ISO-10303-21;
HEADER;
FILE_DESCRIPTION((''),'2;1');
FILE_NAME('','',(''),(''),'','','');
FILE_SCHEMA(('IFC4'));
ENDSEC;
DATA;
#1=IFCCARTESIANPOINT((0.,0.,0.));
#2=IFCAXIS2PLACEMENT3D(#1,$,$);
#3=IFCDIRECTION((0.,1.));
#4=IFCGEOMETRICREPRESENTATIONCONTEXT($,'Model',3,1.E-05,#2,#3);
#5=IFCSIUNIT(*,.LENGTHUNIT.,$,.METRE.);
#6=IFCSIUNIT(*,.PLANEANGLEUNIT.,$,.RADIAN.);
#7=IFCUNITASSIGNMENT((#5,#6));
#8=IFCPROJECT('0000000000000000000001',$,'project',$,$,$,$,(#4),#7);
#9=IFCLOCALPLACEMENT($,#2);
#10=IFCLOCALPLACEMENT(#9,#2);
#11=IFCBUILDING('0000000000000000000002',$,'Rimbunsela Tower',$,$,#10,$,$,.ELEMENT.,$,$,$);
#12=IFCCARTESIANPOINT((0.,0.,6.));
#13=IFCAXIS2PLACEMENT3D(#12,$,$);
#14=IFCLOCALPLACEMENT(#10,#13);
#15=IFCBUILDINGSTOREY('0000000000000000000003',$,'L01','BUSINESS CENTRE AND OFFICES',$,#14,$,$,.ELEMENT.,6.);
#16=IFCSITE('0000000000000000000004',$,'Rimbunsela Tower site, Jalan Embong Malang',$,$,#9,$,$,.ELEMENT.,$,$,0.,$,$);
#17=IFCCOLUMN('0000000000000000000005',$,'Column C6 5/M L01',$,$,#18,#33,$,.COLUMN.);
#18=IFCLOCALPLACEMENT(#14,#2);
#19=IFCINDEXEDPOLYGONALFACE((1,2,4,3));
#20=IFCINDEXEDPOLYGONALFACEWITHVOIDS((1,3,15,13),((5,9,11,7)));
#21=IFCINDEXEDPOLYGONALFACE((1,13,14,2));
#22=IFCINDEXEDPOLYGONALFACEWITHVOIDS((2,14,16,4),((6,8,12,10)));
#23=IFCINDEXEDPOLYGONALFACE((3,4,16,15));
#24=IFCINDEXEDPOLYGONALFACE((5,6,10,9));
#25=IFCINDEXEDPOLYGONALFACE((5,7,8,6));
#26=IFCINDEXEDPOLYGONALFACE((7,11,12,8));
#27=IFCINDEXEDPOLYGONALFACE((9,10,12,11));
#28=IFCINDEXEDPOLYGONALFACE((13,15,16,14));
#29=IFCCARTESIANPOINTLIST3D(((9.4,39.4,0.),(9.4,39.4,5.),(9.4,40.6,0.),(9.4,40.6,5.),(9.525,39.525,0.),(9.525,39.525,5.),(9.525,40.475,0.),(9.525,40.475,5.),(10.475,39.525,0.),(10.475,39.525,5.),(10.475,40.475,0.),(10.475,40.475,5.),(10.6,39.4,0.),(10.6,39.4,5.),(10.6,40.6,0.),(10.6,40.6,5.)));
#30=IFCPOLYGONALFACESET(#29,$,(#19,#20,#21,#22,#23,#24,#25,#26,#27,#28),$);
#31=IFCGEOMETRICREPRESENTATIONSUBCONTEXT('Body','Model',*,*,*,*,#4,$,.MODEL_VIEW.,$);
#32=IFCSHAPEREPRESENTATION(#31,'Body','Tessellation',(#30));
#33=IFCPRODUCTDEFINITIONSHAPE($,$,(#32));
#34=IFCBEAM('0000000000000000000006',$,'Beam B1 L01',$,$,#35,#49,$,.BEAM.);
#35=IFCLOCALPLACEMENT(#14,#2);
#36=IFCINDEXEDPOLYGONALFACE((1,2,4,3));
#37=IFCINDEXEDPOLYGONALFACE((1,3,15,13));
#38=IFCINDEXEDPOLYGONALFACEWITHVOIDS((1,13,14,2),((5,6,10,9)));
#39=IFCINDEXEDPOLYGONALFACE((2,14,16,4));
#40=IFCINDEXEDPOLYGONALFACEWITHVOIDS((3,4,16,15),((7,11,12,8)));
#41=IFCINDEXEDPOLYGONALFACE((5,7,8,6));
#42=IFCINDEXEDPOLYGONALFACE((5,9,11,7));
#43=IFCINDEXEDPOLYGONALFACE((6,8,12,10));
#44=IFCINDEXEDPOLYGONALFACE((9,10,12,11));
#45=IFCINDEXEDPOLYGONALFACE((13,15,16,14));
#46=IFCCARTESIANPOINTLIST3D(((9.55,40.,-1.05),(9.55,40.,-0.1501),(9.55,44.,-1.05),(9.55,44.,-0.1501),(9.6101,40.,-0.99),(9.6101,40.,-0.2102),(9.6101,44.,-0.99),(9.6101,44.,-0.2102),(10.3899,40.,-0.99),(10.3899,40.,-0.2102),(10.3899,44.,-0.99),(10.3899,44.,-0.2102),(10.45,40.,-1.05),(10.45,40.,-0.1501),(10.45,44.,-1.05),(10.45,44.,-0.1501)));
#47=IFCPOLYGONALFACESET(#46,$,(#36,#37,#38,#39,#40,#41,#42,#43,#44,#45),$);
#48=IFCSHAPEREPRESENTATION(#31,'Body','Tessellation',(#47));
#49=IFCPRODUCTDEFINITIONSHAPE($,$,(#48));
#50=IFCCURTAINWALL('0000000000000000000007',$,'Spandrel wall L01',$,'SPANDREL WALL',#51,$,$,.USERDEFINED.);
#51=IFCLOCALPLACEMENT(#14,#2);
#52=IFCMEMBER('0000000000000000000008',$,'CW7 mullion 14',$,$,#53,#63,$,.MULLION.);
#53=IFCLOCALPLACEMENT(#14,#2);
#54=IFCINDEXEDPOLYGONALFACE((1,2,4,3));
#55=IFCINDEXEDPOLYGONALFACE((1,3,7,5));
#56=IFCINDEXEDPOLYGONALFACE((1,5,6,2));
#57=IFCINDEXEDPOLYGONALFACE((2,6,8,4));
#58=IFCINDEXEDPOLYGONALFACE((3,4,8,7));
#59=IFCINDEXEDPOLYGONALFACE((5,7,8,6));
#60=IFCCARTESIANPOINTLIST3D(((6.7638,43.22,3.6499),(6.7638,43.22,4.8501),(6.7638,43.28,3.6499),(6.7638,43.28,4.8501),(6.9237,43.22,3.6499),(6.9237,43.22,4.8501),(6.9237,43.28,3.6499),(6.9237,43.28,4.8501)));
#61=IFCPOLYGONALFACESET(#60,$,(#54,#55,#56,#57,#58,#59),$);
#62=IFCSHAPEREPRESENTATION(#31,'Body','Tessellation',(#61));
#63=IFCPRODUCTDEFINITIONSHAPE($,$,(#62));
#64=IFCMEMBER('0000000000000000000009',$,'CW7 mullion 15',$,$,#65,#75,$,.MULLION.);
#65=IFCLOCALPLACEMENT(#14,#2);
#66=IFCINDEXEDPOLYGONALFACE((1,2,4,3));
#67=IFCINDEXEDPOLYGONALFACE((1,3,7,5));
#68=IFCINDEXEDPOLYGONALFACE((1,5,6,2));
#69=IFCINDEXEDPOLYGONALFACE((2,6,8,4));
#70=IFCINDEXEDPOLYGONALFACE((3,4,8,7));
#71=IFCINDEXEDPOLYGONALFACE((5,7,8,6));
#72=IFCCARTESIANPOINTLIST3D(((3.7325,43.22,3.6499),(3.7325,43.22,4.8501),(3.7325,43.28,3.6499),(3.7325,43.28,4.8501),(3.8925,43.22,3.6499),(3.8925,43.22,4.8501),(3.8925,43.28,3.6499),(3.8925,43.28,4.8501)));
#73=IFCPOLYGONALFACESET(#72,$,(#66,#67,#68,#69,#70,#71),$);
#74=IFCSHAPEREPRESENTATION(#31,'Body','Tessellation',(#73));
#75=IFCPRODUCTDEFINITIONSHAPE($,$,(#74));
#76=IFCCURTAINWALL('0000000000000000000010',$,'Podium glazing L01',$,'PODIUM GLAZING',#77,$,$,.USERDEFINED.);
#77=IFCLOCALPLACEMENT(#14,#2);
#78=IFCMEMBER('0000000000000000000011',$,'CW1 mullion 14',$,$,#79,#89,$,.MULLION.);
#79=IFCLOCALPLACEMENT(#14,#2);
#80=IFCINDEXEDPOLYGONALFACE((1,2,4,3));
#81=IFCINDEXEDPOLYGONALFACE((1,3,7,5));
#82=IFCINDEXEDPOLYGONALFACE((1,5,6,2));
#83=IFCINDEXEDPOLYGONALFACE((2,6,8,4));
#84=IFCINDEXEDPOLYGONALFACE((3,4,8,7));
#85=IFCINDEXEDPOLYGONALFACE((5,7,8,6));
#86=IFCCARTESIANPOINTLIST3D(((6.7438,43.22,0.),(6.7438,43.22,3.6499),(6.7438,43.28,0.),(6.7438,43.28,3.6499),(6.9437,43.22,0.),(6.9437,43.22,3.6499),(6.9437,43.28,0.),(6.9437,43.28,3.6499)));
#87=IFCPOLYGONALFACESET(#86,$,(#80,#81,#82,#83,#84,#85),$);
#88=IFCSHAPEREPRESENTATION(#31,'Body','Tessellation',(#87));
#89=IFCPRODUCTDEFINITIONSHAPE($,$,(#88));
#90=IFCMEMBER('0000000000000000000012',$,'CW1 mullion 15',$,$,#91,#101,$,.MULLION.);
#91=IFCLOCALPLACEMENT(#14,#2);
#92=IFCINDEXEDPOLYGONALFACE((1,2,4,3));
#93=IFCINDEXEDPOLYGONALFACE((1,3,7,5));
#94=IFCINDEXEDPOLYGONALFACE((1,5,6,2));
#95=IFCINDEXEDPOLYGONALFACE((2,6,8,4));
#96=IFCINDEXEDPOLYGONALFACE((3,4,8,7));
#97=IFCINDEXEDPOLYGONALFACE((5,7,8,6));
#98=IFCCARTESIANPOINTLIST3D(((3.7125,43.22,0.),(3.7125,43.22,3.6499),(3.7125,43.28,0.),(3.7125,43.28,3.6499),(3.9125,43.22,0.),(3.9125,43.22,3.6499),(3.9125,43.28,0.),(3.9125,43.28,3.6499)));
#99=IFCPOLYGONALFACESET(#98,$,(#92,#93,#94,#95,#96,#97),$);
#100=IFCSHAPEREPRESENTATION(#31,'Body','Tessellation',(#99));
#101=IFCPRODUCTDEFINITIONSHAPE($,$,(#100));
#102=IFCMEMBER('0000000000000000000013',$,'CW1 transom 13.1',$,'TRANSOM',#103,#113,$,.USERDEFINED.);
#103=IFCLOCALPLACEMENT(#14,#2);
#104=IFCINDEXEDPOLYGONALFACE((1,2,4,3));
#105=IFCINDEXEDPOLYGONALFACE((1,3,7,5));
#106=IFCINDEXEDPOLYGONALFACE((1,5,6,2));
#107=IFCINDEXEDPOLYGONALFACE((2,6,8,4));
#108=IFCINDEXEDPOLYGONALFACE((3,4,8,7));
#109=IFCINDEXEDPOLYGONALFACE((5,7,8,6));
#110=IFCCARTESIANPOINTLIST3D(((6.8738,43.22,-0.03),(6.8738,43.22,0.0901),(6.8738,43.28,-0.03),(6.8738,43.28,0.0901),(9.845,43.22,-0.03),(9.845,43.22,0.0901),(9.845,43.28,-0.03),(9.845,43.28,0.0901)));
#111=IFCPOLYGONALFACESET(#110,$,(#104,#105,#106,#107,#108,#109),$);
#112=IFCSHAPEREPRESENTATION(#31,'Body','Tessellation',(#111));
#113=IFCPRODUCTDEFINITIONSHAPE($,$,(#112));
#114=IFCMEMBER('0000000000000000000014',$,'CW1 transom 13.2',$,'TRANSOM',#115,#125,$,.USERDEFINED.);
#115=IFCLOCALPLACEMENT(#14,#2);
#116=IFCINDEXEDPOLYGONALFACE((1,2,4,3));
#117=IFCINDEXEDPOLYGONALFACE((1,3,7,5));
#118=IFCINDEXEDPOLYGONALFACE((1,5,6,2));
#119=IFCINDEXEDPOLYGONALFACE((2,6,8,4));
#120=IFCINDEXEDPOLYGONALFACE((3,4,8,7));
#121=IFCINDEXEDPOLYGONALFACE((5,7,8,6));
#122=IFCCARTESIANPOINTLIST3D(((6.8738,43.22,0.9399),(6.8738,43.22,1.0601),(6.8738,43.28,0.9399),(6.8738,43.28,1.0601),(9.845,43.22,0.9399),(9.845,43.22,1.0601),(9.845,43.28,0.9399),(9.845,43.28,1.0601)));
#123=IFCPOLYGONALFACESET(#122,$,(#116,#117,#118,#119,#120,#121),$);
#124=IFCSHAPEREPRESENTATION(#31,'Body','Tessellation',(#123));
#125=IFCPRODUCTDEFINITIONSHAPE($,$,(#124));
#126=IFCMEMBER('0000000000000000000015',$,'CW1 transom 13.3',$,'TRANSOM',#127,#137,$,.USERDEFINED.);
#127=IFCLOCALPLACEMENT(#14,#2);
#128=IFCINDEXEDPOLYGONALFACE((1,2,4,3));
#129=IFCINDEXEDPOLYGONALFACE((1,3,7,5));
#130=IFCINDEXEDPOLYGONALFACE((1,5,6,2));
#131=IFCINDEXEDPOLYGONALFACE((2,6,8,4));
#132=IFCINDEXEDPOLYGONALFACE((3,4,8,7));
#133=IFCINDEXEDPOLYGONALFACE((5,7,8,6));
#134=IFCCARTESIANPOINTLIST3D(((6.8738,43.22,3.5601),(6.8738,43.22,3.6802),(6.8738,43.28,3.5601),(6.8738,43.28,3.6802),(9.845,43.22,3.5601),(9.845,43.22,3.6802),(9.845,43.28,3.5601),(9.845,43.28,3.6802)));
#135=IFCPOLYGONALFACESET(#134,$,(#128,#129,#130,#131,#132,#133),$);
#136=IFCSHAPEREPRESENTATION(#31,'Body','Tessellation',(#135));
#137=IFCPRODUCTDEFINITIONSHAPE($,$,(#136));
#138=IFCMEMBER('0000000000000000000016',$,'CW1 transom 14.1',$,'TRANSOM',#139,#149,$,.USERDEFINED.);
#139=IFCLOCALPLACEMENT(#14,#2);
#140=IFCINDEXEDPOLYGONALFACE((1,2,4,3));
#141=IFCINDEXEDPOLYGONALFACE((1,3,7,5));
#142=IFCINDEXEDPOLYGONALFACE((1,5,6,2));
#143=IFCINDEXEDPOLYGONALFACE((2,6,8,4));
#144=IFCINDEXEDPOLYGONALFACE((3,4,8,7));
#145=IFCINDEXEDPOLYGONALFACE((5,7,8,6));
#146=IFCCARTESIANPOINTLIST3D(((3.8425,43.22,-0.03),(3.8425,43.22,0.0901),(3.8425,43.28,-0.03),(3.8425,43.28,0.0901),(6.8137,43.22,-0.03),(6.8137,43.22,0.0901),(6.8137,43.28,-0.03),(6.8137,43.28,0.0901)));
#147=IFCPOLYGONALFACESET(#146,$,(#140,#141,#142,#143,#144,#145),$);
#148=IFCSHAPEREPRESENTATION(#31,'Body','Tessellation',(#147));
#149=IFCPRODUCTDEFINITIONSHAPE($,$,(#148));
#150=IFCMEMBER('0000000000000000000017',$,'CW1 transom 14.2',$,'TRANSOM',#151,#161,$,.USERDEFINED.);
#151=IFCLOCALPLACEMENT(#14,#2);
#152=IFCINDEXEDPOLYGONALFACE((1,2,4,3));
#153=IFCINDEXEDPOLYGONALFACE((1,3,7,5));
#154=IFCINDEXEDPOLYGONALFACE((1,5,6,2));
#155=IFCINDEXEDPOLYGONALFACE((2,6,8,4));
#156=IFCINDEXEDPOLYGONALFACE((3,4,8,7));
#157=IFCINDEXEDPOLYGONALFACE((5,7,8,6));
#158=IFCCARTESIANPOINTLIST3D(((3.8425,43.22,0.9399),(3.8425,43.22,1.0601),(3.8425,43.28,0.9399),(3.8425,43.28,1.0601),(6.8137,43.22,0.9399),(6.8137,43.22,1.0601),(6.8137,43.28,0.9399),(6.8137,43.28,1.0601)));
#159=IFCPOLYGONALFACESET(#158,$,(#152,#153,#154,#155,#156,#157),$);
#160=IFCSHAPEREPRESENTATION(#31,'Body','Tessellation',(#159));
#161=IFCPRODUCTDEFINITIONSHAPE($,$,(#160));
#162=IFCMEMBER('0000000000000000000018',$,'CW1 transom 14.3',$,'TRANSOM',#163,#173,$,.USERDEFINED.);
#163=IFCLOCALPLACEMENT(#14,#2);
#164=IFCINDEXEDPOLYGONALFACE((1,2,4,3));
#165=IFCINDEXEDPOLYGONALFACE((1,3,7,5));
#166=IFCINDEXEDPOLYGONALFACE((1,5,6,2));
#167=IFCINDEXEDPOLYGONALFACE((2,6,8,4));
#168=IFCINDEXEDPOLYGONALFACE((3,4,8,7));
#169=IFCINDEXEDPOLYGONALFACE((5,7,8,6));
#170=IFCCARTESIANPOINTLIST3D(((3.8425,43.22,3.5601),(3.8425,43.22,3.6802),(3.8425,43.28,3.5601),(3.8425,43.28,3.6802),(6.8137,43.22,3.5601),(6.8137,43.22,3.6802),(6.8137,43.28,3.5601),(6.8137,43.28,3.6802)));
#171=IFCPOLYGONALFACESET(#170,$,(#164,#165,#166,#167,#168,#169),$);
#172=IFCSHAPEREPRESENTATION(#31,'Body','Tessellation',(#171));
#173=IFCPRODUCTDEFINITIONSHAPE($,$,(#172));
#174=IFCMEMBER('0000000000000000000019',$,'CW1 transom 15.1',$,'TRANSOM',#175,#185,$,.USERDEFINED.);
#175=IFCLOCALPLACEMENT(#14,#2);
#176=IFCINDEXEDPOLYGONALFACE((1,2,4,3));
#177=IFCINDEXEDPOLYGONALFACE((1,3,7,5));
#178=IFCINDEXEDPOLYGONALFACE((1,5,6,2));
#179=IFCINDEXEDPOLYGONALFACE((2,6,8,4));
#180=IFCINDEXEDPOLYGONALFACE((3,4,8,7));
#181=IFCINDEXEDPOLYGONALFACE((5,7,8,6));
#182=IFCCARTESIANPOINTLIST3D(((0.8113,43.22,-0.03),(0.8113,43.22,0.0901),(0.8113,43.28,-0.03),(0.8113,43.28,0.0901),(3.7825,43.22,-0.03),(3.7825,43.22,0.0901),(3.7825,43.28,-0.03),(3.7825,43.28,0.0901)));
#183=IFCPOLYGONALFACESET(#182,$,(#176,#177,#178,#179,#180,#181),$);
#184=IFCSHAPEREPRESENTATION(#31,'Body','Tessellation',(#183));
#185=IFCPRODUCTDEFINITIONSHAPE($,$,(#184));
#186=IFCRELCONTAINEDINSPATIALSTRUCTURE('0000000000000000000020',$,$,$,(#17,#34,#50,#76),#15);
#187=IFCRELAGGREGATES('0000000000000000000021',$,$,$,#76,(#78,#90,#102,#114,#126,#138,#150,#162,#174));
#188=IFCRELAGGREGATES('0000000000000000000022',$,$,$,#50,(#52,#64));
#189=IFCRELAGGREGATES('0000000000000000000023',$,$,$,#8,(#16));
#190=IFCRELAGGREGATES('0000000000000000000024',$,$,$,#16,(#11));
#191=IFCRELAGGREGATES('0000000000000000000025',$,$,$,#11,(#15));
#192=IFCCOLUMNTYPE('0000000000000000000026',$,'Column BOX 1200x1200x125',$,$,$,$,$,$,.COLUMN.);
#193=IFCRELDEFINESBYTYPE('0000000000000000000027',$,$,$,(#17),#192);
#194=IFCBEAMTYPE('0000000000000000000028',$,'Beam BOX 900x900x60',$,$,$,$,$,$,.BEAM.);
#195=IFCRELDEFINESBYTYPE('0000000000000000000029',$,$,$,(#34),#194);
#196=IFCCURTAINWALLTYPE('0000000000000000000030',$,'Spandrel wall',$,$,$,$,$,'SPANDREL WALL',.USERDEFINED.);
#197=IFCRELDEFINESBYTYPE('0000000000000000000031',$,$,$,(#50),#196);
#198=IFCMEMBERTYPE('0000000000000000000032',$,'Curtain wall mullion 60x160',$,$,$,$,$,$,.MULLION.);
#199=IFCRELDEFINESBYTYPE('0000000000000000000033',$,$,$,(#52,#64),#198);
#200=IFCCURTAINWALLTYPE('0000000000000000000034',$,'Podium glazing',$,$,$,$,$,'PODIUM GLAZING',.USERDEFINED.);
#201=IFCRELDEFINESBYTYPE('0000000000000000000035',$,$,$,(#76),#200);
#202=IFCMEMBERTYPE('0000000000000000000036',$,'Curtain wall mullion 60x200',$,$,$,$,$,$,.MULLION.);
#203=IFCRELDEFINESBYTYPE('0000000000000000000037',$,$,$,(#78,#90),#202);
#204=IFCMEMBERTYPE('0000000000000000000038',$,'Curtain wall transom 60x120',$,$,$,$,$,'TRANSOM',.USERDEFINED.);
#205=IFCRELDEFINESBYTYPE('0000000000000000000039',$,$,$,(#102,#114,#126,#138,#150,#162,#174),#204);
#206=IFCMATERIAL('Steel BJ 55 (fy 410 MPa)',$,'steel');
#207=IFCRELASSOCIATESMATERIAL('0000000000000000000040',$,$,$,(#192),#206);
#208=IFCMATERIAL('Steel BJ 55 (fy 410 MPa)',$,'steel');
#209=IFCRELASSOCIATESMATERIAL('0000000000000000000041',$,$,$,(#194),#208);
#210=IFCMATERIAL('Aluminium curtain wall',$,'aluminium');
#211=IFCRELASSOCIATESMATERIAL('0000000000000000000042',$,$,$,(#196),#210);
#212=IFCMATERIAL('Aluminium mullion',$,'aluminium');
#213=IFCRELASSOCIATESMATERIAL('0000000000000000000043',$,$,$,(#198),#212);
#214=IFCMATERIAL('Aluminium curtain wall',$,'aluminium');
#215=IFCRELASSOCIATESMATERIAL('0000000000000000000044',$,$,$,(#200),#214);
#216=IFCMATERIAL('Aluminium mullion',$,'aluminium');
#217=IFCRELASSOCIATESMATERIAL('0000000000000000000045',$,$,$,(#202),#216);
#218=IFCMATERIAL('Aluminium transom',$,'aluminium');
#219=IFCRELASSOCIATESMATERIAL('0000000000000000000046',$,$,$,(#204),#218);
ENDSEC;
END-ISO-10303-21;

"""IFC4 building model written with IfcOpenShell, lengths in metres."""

from ifc_helpers import new_model, si_unit, direction, frame, origin, origin_2d, place, context, subcontext, project, spatial, rectangle, hollow_rectangle, extrude, material, material_profile, profile_set, type_object, element, aggregate, save


model = new_model("IFC4")

# Units and contexts
model_context = context("Model", 3, precision=1e-05, world=origin(), true_north=direction((0.0, 1.0)))
body_context = subcontext(model_context, "Body", "Model", "MODEL_VIEW")
ifc_project = project(units=[si_unit("LENGTHUNIT", "METRE"), si_unit("PLANEANGLEUNIT", "RADIAN")], contexts=[model_context])

# Site, building, storey
site_placement = place(None, origin())
site = spatial("IfcSite", under=ifc_project, at=site_placement, Name="Rimbunsela Tower site, Jalan Embong Malang", CompositionType="ELEMENT", RefElevation=0.0)
building_placement = place(site_placement, origin())
building = spatial("IfcBuilding", under=site, at=building_placement, Name="Rimbunsela Tower", CompositionType="ELEMENT")
storey_placement = place(building_placement, frame((0.0, 0.0, 6.0)))
storey = spatial("IfcBuildingStorey", under=building, at=storey_placement, Name="L01", Description="BUSINESS CENTRE AND OFFICES", CompositionType="ELEMENT", Elevation=6.0)

# Column
ifc_material_1 = material(Name="Steel BJ 55 (fy 410 MPa)", Category="steel")
ifc_material_profile_1 = material_profile(ifc_material_1, hollow_rectangle(XDim=1.2, YDim=1.2, WallThickness=0.125, at=origin_2d()), Name="BOX 1200x1200x125")
ifc_profile_set_1 = profile_set([ifc_material_profile_1], Name="Steel BJ 55 (fy 410 MPa)")
column_type = type_object("IfcColumnType", Name="Column BOX 1200x1200x125", PredefinedType="COLUMN", material=ifc_profile_set_1)
column_placement = place(storey_placement, frame((10.0, 40.0, 0.0), z_axis=(0.0, 0.0, 1.0), x_axis=(1.0, 0.0, 0.0)))
element("IfcColumn", 1, at=column_placement, inside=storey, type_object=column_type, Name="Column C6 5/M L01", PredefinedType="COLUMN", context=body_context, shape_type="SweptSolid", body=[
    extrude(hollow_rectangle(XDim=1.2, YDim=1.2, WallThickness=0.125, at=origin_2d()), origin(), (0.0, 0.0, 1.0), 5.0),
])

# Beam
ifc_material_2 = material(Name="Steel BJ 55 (fy 410 MPa)", Category="steel")
ifc_material_profile_2 = material_profile(ifc_material_2, hollow_rectangle(XDim=0.8999, YDim=0.8999, WallThickness=0.0601, at=origin_2d()), Name="BOX 900x900x60")
ifc_profile_set_2 = profile_set([ifc_material_profile_2], Name="Steel BJ 55 (fy 410 MPa)")
beam_type = type_object("IfcBeamType", Name="Beam BOX 900x900x60", PredefinedType="BEAM", material=ifc_profile_set_2)
beam_placement = place(storey_placement, frame((10.0, 40.0, -0.6001), z_axis=(0.0, 1.0, 0.0), x_axis=(-1.0, 0.0, 0.0)))
element("IfcBeam", 2, at=beam_placement, inside=storey, type_object=beam_type, Name="Beam B1 L01", PredefinedType="BEAM", context=body_context, shape_type="SweptSolid", body=[
    extrude(hollow_rectangle(XDim=0.8999, YDim=0.8999, WallThickness=0.0601, at=origin_2d()), origin(), (0.0, 0.0, 1.0), 4.0),
])

# Curtain walls, members
ifc_material_3 = material(Name="Aluminium curtain wall", Category="aluminium")
curtain_wall_type_1 = type_object("IfcCurtainWallType", Name="Spandrel wall", ElementType="SPANDREL WALL", PredefinedType="USERDEFINED", material=ifc_material_3)
curtain_wall_1_placement = place(storey_placement, origin())
curtain_wall_1 = element("IfcCurtainWall", 3, at=curtain_wall_1_placement, inside=storey, type_object=curtain_wall_type_1, Name="Spandrel wall L01", ObjectType="SPANDREL WALL", PredefinedType="USERDEFINED")
ifc_material_4 = material(Name="Aluminium mullion", Category="aluminium")
ifc_material_profile_3 = material_profile(ifc_material_4, rectangle(XDim=0.0601, YDim=0.1599, at=origin_2d()), Name="Mullion 60x160")
ifc_profile_set_3 = profile_set([ifc_material_profile_3], Name="Aluminium mullion")
member_type_1 = type_object("IfcMemberType", Name="Curtain wall mullion 60x160", PredefinedType="MULLION", material=ifc_profile_set_3)
member_1_placement = place(storey_placement, frame((6.8438, 43.25, 3.6499), z_axis=(0.0, 0.0, 1.0), x_axis=(0.0, -1.0, 0.0)))
member_1 = element("IfcMember", 4, at=member_1_placement, type_object=member_type_1, Name="CW7 mullion 14", PredefinedType="MULLION", context=body_context, shape_type="SweptSolid", body=[
    extrude(rectangle(XDim=0.0601, YDim=0.1599, at=origin_2d()), origin(), (0.0, 0.0, 1.0), 1.2002),
])
member_2_placement = place(storey_placement, frame((3.8125, 43.25, 3.6499), z_axis=(0.0, 0.0, 1.0), x_axis=(0.0, -1.0, 0.0)))
member_2 = element("IfcMember", 5, at=member_2_placement, type_object=member_type_1, Name="CW7 mullion 15", PredefinedType="MULLION", context=body_context, shape_type="SweptSolid", body=[
    extrude(rectangle(XDim=0.0601, YDim=0.1599, at=origin_2d()), origin(), (0.0, 0.0, 1.0), 1.2002),
])
ifc_material_5 = material(Name="Aluminium curtain wall", Category="aluminium")
curtain_wall_type_2 = type_object("IfcCurtainWallType", Name="Podium glazing", ElementType="PODIUM GLAZING", PredefinedType="USERDEFINED", material=ifc_material_5)
curtain_wall_2_placement = place(storey_placement, origin())
curtain_wall_2 = element("IfcCurtainWall", 6, at=curtain_wall_2_placement, inside=storey, type_object=curtain_wall_type_2, Name="Podium glazing L01", ObjectType="PODIUM GLAZING", PredefinedType="USERDEFINED")
ifc_material_6 = material(Name="Aluminium mullion", Category="aluminium")
ifc_material_profile_4 = material_profile(ifc_material_6, rectangle(XDim=0.0601, YDim=0.2, at=origin_2d()), Name="Mullion 60x200")
ifc_profile_set_4 = profile_set([ifc_material_profile_4], Name="Aluminium mullion")
member_type_2 = type_object("IfcMemberType", Name="Curtain wall mullion 60x200", PredefinedType="MULLION", material=ifc_profile_set_4)
member_3_placement = place(storey_placement, frame((6.8438, 43.25, 0.0), z_axis=(0.0, 0.0, 1.0), x_axis=(0.0, -1.0, 0.0)))
member_3 = element("IfcMember", 7, at=member_3_placement, type_object=member_type_2, Name="CW1 mullion 14", PredefinedType="MULLION", context=body_context, shape_type="SweptSolid", body=[
    extrude(rectangle(XDim=0.0601, YDim=0.2, at=origin_2d()), origin(), (0.0, 0.0, 1.0), 3.6499),
])
member_4_placement = place(storey_placement, frame((3.8125, 43.25, 0.0), z_axis=(0.0, 0.0, 1.0), x_axis=(0.0, -1.0, 0.0)))
member_4 = element("IfcMember", 8, at=member_4_placement, type_object=member_type_2, Name="CW1 mullion 15", PredefinedType="MULLION", context=body_context, shape_type="SweptSolid", body=[
    extrude(rectangle(XDim=0.0601, YDim=0.2, at=origin_2d()), origin(), (0.0, 0.0, 1.0), 3.6499),
])
ifc_material_7 = material(Name="Aluminium transom", Category="aluminium")
ifc_material_profile_5 = material_profile(ifc_material_7, rectangle(XDim=0.0601, YDim=0.1201, at=origin_2d()), Name="Transom 60x120")
ifc_profile_set_5 = profile_set([ifc_material_profile_5], Name="Aluminium transom")
member_type_3 = type_object("IfcMemberType", Name="Curtain wall transom 60x120", ElementType="TRANSOM", PredefinedType="USERDEFINED", material=ifc_profile_set_5)
member_5_placement = place(storey_placement, frame((9.845, 43.25, 0.03), z_axis=(-1.0, 0.0, 0.0), x_axis=(0.0, -1.0, 0.0)))
member_5 = element("IfcMember", 9, at=member_5_placement, type_object=member_type_3, Name="CW1 transom 13.1", ObjectType="TRANSOM", PredefinedType="USERDEFINED", context=body_context, shape_type="SweptSolid", body=[
    extrude(rectangle(XDim=0.0601, YDim=0.1201, at=origin_2d()), origin(), (0.0, 0.0, 1.0), 2.9712),
])
member_6_placement = place(storey_placement, frame((9.845, 43.25, 1.0), z_axis=(-1.0, 0.0, 0.0), x_axis=(0.0, -1.0, 0.0)))
member_6 = element("IfcMember", 10, at=member_6_placement, type_object=member_type_3, Name="CW1 transom 13.2", ObjectType="TRANSOM", PredefinedType="USERDEFINED", context=body_context, shape_type="SweptSolid", body=[
    extrude(rectangle(XDim=0.0601, YDim=0.1201, at=origin_2d()), origin(), (0.0, 0.0, 1.0), 2.9712),
])
member_7_placement = place(storey_placement, frame((9.845, 43.25, 3.6201), z_axis=(-1.0, 0.0, 0.0), x_axis=(0.0, -1.0, 0.0)))
member_7 = element("IfcMember", 11, at=member_7_placement, type_object=member_type_3, Name="CW1 transom 13.3", ObjectType="TRANSOM", PredefinedType="USERDEFINED", context=body_context, shape_type="SweptSolid", body=[
    extrude(rectangle(XDim=0.0601, YDim=0.1201, at=origin_2d()), origin(), (0.0, 0.0, 1.0), 2.9712),
])
member_8_placement = place(storey_placement, frame((6.8137, 43.25, 0.03), z_axis=(-1.0, 0.0, 0.0), x_axis=(0.0, -1.0, 0.0)))
member_8 = element("IfcMember", 12, at=member_8_placement, type_object=member_type_3, Name="CW1 transom 14.1", ObjectType="TRANSOM", PredefinedType="USERDEFINED", context=body_context, shape_type="SweptSolid", body=[
    extrude(rectangle(XDim=0.0601, YDim=0.1201, at=origin_2d()), origin(), (0.0, 0.0, 1.0), 2.9712),
])
member_9_placement = place(storey_placement, frame((6.8137, 43.25, 1.0), z_axis=(-1.0, 0.0, 0.0), x_axis=(0.0, -1.0, 0.0)))
member_9 = element("IfcMember", 13, at=member_9_placement, type_object=member_type_3, Name="CW1 transom 14.2", ObjectType="TRANSOM", PredefinedType="USERDEFINED", context=body_context, shape_type="SweptSolid", body=[
    extrude(rectangle(XDim=0.0601, YDim=0.1201, at=origin_2d()), origin(), (0.0, 0.0, 1.0), 2.9712),
])
member_10_placement = place(storey_placement, frame((6.8137, 43.25, 3.6201), z_axis=(-1.0, 0.0, 0.0), x_axis=(0.0, -1.0, 0.0)))
member_10 = element("IfcMember", 14, at=member_10_placement, type_object=member_type_3, Name="CW1 transom 14.3", ObjectType="TRANSOM", PredefinedType="USERDEFINED", context=body_context, shape_type="SweptSolid", body=[
    extrude(rectangle(XDim=0.0601, YDim=0.1201, at=origin_2d()), origin(), (0.0, 0.0, 1.0), 2.9712),
])
member_11_placement = place(storey_placement, frame((3.7825, 43.25, 0.03), z_axis=(-1.0, 0.0, 0.0), x_axis=(0.0, -1.0, 0.0)))
member_11 = element("IfcMember", 15, at=member_11_placement, type_object=member_type_3, Name="CW1 transom 15.1", ObjectType="TRANSOM", PredefinedType="USERDEFINED", context=body_context, shape_type="SweptSolid", body=[
    extrude(rectangle(XDim=0.0601, YDim=0.1201, at=origin_2d()), origin(), (0.0, 0.0, 1.0), 2.9712),
])

aggregate(curtain_wall_2, [member_3, member_4, member_5, member_6, member_7, member_8, member_9, member_10, member_11])
aggregate(curtain_wall_1, [member_1, member_2])

save(model, "model.ifc")
